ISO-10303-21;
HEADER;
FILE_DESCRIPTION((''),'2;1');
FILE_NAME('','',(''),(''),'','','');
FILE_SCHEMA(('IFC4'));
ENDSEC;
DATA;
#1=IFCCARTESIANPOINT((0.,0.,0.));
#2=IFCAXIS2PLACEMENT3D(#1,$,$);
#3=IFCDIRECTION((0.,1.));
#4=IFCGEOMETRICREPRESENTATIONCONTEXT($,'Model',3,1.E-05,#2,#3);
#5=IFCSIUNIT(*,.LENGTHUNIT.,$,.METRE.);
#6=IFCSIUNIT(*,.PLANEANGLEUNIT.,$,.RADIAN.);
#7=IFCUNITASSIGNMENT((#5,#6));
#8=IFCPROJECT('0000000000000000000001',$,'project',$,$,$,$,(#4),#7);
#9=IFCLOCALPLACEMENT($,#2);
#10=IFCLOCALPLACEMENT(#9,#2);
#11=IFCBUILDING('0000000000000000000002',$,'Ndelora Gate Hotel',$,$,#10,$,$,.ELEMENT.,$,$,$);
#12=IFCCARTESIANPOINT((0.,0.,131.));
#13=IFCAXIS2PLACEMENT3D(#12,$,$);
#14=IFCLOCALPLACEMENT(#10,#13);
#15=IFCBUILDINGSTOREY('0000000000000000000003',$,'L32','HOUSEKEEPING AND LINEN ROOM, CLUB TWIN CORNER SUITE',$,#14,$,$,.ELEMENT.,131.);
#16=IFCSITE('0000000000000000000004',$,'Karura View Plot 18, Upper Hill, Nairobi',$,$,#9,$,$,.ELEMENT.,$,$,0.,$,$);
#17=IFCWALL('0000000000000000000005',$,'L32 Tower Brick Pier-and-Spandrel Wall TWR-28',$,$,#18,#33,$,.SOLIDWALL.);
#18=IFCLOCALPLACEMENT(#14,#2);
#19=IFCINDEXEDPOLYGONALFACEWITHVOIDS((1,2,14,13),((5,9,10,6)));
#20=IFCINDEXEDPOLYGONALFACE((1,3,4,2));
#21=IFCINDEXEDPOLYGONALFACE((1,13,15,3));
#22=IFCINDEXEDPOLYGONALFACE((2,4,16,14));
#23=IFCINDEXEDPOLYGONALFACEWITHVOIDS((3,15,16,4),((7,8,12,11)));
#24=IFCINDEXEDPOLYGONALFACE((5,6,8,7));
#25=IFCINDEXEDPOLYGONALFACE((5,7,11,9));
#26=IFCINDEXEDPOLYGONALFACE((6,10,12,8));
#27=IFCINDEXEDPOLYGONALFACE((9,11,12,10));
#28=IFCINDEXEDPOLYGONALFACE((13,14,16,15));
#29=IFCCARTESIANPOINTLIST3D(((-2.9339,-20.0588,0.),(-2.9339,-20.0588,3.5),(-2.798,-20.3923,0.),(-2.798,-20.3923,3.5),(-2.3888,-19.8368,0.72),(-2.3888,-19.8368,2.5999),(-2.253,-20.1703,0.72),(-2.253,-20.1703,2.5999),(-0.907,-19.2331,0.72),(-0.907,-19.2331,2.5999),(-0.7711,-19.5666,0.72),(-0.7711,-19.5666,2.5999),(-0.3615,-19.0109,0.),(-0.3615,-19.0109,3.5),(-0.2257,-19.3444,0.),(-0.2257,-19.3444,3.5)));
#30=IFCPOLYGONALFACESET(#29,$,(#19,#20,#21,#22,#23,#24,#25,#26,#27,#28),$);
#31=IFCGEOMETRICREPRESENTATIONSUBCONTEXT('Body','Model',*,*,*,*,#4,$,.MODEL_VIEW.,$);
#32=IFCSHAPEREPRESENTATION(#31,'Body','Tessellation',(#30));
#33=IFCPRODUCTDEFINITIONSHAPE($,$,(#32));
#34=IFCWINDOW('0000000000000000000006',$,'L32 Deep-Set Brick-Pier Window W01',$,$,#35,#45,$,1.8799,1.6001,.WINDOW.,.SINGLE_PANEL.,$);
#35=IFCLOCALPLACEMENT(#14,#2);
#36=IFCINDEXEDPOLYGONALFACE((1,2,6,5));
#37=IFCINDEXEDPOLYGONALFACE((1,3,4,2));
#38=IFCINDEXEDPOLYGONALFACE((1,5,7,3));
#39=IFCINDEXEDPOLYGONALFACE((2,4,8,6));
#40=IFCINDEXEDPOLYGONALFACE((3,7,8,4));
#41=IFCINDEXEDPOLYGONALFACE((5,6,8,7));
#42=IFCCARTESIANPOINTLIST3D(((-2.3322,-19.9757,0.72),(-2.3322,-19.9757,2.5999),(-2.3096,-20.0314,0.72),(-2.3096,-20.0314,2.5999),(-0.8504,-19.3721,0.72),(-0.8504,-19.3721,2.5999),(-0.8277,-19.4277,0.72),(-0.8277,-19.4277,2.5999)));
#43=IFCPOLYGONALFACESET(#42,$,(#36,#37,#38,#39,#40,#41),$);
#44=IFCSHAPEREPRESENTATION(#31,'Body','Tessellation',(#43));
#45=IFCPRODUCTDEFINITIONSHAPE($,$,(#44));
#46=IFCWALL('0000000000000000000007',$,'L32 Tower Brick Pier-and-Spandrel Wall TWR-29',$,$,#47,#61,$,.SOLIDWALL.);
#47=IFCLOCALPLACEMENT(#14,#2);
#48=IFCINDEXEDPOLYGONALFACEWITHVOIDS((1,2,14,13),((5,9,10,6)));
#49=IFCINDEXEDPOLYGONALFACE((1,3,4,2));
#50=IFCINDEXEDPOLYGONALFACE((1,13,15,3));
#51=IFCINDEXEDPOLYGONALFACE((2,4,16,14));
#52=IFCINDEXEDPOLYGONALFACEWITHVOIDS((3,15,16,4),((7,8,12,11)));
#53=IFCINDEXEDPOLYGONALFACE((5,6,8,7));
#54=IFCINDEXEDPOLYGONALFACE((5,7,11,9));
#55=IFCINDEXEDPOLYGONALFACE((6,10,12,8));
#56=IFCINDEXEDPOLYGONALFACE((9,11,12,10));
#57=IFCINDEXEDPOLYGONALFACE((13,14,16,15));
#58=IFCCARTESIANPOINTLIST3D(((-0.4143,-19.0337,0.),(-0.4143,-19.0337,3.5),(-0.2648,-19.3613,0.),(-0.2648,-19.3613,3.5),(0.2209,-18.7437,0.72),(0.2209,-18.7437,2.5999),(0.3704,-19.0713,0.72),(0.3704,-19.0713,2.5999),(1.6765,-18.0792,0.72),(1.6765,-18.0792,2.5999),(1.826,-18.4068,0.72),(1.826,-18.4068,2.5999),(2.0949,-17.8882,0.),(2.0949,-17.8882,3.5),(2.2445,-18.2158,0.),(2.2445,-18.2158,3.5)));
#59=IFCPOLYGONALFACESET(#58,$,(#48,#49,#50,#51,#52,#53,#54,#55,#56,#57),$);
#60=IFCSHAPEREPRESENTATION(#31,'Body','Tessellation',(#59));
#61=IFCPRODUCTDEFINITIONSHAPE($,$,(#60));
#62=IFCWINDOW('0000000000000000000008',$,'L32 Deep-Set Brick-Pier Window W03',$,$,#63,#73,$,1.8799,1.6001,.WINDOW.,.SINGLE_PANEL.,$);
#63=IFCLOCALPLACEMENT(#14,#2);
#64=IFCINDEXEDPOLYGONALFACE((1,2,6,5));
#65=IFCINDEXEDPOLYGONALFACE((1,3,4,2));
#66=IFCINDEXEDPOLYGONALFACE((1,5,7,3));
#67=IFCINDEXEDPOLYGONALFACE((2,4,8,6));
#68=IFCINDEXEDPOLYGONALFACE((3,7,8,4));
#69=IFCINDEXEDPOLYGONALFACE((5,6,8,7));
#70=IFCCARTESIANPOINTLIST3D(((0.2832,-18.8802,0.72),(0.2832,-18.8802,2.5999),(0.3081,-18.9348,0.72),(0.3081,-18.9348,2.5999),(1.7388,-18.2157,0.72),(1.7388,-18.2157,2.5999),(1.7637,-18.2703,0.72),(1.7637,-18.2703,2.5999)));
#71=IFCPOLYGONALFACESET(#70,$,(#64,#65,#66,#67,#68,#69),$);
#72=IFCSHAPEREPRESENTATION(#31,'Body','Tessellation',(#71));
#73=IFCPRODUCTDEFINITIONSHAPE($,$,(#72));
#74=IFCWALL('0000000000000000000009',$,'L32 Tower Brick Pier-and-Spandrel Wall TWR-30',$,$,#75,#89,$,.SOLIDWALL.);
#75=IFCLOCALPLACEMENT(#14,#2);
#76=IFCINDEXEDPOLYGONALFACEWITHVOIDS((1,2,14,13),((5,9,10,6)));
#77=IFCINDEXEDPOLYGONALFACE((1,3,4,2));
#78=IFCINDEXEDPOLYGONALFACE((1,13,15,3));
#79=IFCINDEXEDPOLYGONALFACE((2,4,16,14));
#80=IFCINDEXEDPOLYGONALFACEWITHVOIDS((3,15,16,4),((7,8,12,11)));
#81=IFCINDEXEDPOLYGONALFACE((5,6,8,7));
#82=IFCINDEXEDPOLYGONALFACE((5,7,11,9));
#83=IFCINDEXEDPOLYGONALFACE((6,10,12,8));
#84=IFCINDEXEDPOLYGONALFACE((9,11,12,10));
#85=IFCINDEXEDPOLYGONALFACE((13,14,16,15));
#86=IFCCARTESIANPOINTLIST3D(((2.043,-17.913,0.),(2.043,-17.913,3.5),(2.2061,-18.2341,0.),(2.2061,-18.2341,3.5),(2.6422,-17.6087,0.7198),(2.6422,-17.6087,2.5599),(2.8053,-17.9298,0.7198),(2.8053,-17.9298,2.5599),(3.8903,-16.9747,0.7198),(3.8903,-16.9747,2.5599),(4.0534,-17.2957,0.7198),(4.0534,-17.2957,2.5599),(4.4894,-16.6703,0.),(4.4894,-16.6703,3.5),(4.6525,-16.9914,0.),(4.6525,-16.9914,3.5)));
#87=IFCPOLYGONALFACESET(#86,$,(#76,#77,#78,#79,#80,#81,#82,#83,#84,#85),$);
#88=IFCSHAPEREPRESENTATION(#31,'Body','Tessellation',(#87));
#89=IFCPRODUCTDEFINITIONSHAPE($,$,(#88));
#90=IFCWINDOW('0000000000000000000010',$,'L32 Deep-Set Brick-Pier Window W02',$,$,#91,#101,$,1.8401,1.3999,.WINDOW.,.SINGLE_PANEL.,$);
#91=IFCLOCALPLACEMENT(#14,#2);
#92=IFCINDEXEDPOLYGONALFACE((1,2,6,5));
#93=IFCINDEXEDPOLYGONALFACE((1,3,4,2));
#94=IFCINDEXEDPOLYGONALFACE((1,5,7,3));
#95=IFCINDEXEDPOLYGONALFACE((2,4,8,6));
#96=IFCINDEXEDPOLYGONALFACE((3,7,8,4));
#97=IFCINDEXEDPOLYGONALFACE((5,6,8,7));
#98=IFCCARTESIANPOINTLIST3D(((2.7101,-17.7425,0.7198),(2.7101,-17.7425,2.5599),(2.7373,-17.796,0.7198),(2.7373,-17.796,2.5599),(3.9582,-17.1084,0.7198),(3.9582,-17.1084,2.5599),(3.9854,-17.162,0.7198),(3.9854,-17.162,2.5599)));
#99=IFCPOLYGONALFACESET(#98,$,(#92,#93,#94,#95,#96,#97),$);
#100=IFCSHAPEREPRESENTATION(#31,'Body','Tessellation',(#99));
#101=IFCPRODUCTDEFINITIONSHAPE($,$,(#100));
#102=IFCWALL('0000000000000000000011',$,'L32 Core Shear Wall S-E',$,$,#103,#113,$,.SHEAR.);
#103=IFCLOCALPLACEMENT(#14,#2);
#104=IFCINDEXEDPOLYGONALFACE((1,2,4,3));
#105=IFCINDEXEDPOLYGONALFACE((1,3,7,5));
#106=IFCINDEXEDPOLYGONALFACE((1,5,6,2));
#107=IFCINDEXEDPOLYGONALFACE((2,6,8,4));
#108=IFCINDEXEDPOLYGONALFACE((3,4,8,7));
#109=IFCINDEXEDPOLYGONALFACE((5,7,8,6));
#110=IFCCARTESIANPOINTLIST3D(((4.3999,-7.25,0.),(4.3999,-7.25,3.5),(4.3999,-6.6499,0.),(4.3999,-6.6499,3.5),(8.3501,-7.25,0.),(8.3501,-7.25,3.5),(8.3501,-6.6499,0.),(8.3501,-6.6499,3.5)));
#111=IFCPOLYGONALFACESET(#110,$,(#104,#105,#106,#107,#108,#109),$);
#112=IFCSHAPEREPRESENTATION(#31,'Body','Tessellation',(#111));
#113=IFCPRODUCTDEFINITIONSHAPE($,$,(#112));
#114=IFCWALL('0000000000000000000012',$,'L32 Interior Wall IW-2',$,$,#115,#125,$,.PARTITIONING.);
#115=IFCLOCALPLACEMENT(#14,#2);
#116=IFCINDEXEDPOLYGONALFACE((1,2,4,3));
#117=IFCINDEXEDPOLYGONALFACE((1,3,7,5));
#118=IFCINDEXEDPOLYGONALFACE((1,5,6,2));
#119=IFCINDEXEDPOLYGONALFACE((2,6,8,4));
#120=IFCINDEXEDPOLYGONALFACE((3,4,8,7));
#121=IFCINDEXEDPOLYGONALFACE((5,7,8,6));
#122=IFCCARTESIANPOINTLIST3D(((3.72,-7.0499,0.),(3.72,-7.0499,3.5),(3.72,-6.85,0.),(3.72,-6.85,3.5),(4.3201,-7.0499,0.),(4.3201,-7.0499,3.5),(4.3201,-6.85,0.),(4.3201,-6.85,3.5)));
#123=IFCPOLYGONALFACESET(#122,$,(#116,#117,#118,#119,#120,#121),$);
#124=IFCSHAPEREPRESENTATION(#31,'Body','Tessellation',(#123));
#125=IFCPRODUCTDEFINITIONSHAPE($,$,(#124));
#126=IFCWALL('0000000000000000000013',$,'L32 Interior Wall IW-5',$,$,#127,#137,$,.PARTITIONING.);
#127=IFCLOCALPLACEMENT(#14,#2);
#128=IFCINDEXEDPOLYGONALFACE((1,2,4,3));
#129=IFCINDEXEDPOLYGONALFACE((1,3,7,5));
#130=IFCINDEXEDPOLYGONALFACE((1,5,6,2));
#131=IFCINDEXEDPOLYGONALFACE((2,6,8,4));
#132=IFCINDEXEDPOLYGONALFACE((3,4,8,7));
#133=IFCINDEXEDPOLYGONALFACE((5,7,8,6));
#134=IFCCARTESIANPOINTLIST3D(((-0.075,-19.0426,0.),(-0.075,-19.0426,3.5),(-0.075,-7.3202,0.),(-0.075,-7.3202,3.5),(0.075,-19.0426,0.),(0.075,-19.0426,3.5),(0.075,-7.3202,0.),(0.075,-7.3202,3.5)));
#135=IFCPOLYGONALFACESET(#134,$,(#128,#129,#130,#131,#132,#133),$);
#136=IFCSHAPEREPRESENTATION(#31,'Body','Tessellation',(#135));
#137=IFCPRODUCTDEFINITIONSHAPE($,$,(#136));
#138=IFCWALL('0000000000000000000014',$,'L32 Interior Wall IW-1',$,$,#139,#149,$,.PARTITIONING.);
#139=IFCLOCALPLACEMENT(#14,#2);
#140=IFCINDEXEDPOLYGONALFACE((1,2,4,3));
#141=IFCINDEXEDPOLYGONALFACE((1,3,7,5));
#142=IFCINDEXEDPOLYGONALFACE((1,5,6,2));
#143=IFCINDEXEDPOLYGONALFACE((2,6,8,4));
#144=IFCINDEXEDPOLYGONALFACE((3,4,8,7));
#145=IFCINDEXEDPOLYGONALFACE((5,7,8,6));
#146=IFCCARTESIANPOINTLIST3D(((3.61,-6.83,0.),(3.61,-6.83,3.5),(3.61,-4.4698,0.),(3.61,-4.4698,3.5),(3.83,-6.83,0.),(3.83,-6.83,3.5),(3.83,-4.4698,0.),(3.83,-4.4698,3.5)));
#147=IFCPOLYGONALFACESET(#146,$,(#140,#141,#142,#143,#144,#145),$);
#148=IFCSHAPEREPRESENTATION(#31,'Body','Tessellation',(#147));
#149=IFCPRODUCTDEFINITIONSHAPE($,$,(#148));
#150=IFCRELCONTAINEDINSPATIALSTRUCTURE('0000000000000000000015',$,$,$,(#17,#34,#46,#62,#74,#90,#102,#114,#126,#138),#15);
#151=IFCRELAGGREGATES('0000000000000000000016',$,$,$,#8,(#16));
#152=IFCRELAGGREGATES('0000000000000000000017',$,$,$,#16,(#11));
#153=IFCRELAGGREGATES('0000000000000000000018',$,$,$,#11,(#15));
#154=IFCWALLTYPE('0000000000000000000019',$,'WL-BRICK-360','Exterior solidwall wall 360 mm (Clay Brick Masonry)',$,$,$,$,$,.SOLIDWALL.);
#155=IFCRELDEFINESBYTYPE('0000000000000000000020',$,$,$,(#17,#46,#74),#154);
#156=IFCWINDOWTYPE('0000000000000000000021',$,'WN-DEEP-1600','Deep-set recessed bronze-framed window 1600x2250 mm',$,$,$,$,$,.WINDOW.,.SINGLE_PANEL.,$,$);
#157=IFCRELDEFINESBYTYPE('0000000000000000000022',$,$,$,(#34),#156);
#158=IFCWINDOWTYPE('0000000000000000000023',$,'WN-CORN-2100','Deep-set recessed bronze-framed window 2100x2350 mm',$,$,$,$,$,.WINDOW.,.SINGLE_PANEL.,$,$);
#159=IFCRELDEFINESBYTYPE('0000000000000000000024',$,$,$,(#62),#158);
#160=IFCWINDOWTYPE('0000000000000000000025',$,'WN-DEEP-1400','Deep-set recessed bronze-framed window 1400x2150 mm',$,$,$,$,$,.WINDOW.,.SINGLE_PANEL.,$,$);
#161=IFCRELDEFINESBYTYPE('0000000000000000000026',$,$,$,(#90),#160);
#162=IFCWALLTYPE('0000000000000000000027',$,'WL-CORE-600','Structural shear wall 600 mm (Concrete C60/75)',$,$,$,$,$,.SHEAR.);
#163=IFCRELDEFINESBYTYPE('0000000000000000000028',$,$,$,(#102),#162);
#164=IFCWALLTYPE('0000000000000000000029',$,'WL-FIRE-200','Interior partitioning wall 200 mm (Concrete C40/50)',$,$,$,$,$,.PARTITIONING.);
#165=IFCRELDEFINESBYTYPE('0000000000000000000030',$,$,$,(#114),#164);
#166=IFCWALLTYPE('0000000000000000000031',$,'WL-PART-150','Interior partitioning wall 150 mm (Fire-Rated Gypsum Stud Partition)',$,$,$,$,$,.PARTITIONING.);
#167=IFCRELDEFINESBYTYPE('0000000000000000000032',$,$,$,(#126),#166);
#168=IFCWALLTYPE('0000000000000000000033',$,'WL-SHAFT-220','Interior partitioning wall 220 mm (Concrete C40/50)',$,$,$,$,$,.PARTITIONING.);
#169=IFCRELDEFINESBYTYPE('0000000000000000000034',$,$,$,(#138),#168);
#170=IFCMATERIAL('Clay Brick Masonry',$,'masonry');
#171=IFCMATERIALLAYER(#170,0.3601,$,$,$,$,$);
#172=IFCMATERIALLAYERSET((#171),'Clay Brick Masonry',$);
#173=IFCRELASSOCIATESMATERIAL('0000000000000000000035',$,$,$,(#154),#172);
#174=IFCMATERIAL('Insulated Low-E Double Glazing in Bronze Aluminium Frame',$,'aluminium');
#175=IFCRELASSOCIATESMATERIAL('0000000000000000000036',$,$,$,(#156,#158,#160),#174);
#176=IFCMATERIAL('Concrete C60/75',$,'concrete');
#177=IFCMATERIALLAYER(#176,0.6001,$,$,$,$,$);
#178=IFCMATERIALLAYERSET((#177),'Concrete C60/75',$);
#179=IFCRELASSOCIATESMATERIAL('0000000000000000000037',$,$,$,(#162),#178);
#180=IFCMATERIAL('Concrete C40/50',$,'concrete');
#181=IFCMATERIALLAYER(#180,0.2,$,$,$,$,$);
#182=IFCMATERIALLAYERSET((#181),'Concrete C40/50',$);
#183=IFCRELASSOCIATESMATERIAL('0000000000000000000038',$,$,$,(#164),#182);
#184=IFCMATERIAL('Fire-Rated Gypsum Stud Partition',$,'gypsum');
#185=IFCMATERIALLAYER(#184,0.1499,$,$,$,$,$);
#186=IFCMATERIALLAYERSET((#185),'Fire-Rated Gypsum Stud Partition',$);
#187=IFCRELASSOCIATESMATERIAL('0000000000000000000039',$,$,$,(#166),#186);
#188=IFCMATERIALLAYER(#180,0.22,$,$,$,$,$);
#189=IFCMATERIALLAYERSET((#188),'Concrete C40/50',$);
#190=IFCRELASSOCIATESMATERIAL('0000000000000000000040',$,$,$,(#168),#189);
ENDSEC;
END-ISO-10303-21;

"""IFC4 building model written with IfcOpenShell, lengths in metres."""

from ifc_helpers import new_model, si_unit, direction, frame, frame_2d, origin, place, context, subcontext, project, spatial, rectangle, extrude, material, layer, layer_set, type_object, element, fill, save


model = new_model("IFC4")

# Units and contexts
model_context = context("Model", 3, precision=1e-05, world=origin(), true_north=direction((0.0, 1.0)))
body_context = subcontext(model_context, "Body", "Model", "MODEL_VIEW")
ifc_project = project(units=[si_unit("LENGTHUNIT", "METRE"), si_unit("PLANEANGLEUNIT", "RADIAN")], contexts=[model_context])

# Site, building, storey
site_placement = place(None, origin())
site = spatial("IfcSite", under=ifc_project, at=site_placement, Name="Karura View Plot 18, Upper Hill, Nairobi", CompositionType="ELEMENT", RefElevation=0.0)
building_placement = place(site_placement, origin())
building = spatial("IfcBuilding", under=site, at=building_placement, Name="Ndelora Gate Hotel", CompositionType="ELEMENT")
storey_placement = place(building_placement, frame((0.0, 0.0, 131.0)))
storey = spatial("IfcBuildingStorey", under=building, at=storey_placement, Name="L32", Description="HOUSEKEEPING AND LINEN ROOM, CLUB TWIN CORNER SUITE", CompositionType="ELEMENT", Elevation=131.0)

# Shared definitions
ifc_material_1 = material(Name="Concrete C60/75", Category="concrete")

# Walls, openings, windows
ifc_material_2 = material(Name="Clay Brick Masonry", Category="masonry")
ifc_layer_1 = layer(ifc_material_2, 0.3601)
ifc_layer_set_1 = layer_set([ifc_layer_1], Name="Clay Brick Masonry")
wall_type_1 = type_object("IfcWallType", Name="WL-BRICK-360", Description="Exterior solidwall wall 360 mm (Clay Brick Masonry)", PredefinedType="SOLIDWALL", material=ifc_layer_set_1)
ifc_material_3 = material(Name="Insulated Low-E Double Glazing in Bronze Aluminium Frame", Category="aluminium")
window_type_1 = type_object("IfcWindowType", Name="WN-DEEP-1600", Description="Deep-set recessed bronze-framed window 1600x2250 mm", PartitioningType="SINGLE_PANEL", PredefinedType="WINDOW", material=ifc_material_3)
wall_1_placement = place(storey_placement, frame((-0.2937, -19.1777, 0.0), z_axis=(0.0, 0.0, 1.0), x_axis=(-0.926106, -0.377263, 0.0)))
wall_1 = element("IfcWall", 1, at=wall_1_placement, inside=storey, type_object=wall_type_1, Name="L32 Tower Brick Pier-and-Spandrel Wall TWR-28", PredefinedType="SOLIDWALL", context=body_context, shape_type="SweptSolid", body=[
    extrude(rectangle(XDim=2.7776, YDim=0.3601, at=frame_2d((1.3887, 0.0))), origin(), (0.0, 0.0, 1.0), 3.5),
])
opening_1_placement = place(wall_1_placement, frame((0.5889, 0.0, 0.72)))
opening_1 = element("IfcOpeningElement", 2, at=opening_1_placement, cuts=wall_1, PredefinedType="OPENING", context=body_context, shape_type="SweptSolid", body=[
    extrude(rectangle(XDim=1.6001, YDim=1.8799, at=frame_2d((0.8, 0.9399))), frame((0.0, 0.1899, 0.0), z_axis=(0.0, -1.0, 0.0), x_axis=(1.0, 0.0, 0.0)), (0.0, 0.0, 1.0), 0.3801),
])
window_1_placement = place(opening_1_placement, origin())
window_1 = element("IfcWindow", 3, at=window_1_placement, inside=storey, type_object=window_type_1, Name="L32 Deep-Set Brick-Pier Window W01", OverallHeight=1.8799, OverallWidth=1.6001, PartitioningType="SINGLE_PANEL", PredefinedType="WINDOW", context=body_context, shape_type="SweptSolid", body=[
    extrude(rectangle(XDim=1.6001, YDim=1.8799, at=frame_2d((0.8, 0.9399))), frame((0.0, 0.03, 0.0), z_axis=(0.0, -1.0, 0.0), x_axis=(1.0, 0.0, 0.0)), (0.0, 0.0, 1.0), 0.0601),
])
fill(opening_1, window_1)
wall_2_placement = place(storey_placement, frame((2.1697, -18.052, 0.0), z_axis=(0.0, 0.0, 1.0), x_axis=(-0.909692, -0.415283, 0.0)))
wall_2 = element("IfcWall", 4, at=wall_2_placement, inside=storey, type_object=wall_type_1, Name="L32 Tower Brick Pier-and-Spandrel Wall TWR-29", PredefinedType="SOLIDWALL", context=body_context, shape_type="SweptSolid", body=[
    extrude(rectangle(XDim=2.7583, YDim=0.3601, at=frame_2d((1.3792, 0.0))), origin(), (0.0, 0.0, 1.0), 3.5),
])
opening_2_placement = place(wall_2_placement, frame((0.46, 0.0, 0.72)))
opening_2 = element("IfcOpeningElement", 5, at=opening_2_placement, cuts=wall_2, PredefinedType="OPENING", context=body_context, shape_type="SweptSolid", body=[
    extrude(rectangle(XDim=1.6001, YDim=1.8799, at=frame_2d((0.8, 0.9399))), frame((0.0, 0.1899, 0.0), z_axis=(0.0, -1.0, 0.0), x_axis=(1.0, 0.0, 0.0)), (0.0, 0.0, 1.0), 0.3801),
])
window_type_2 = type_object("IfcWindowType", Name="WN-CORN-2100", Description="Deep-set recessed bronze-framed window 2100x2350 mm", PartitioningType="SINGLE_PANEL", PredefinedType="WINDOW", material=ifc_material_3)
window_2_placement = place(opening_2_placement, origin())
window_2 = element("IfcWindow", 6, at=window_2_placement, inside=storey, type_object=window_type_2, Name="L32 Deep-Set Brick-Pier Window W03", OverallHeight=1.8799, OverallWidth=1.6001, PartitioningType="SINGLE_PANEL", PredefinedType="WINDOW", context=body_context, shape_type="SweptSolid", body=[
    extrude(rectangle(XDim=1.6001, YDim=1.8799, at=frame_2d((0.8, 0.9399))), frame((0.0, 0.03, 0.0), z_axis=(0.0, -1.0, 0.0), x_axis=(1.0, 0.0, 0.0)), (0.0, 0.0, 1.0), 0.0601),
])
fill(opening_2, window_2)
wall_3_placement = place(storey_placement, frame((4.571, -16.8308, 0.0), z_axis=(0.0, 0.0, 1.0), x_axis=(-0.891562, -0.452899, 0.0)))
wall_3 = element("IfcWall", 7, at=wall_3_placement, inside=storey, type_object=wall_type_1, Name="L32 Tower Brick Pier-and-Spandrel Wall TWR-30", PredefinedType="SOLIDWALL", context=body_context, shape_type="SweptSolid", body=[
    extrude(rectangle(XDim=2.7439, YDim=0.3601, at=frame_2d((1.3721, 0.0))), origin(), (0.0, 0.0, 1.0), 3.5),
])
opening_3_placement = place(wall_3_placement, frame((0.6721, 0.0, 0.72)))
opening_3 = element("IfcOpeningElement", 8, at=opening_3_placement, cuts=wall_3, PredefinedType="OPENING", context=body_context, shape_type="SweptSolid", body=[
    extrude(rectangle(XDim=1.3999, YDim=1.8401, at=frame_2d((0.7, 0.9199))), frame((0.0, 0.1899, 0.0), z_axis=(0.0, -1.0, 0.0), x_axis=(1.0, 0.0, 0.0)), (0.0, 0.0, 1.0), 0.3801),
])
window_type_3 = type_object("IfcWindowType", Name="WN-DEEP-1400", Description="Deep-set recessed bronze-framed window 1400x2150 mm", PartitioningType="SINGLE_PANEL", PredefinedType="WINDOW", material=ifc_material_3)
window_3_placement = place(opening_3_placement, origin())
window_3 = element("IfcWindow", 9, at=window_3_placement, inside=storey, type_object=window_type_3, Name="L32 Deep-Set Brick-Pier Window W02", OverallHeight=1.8401, OverallWidth=1.3999, PartitioningType="SINGLE_PANEL", PredefinedType="WINDOW", context=body_context, shape_type="SweptSolid", body=[
    extrude(rectangle(XDim=1.3999, YDim=1.8401, at=frame_2d((0.7, 0.9199))), frame((0.0, 0.03, 0.0), z_axis=(0.0, -1.0, 0.0), x_axis=(1.0, 0.0, 0.0)), (0.0, 0.0, 1.0), 0.0601),
])
fill(opening_3, window_3)

# Walls
ifc_layer_2 = layer(ifc_material_1, 0.6001)
ifc_layer_set_2 = layer_set([ifc_layer_2], Name="Concrete C60/75")
wall_type_2 = type_object("IfcWallType", Name="WL-CORE-600", Description="Structural shear wall 600 mm (Concrete C60/75)", PredefinedType="SHEAR", material=ifc_layer_set_2)
wall_4_placement = place(storey_placement, frame((4.3999, -6.95, 0.0), z_axis=(0.0, 0.0, 1.0), x_axis=(1.0, 0.0, 0.0)))
element("IfcWall", 10, at=wall_4_placement, inside=storey, type_object=wall_type_2, Name="L32 Core Shear Wall S-E", PredefinedType="SHEAR", context=body_context, shape_type="SweptSolid", body=[
    extrude(rectangle(XDim=3.9502, YDim=0.6001, at=frame_2d((1.9751, 0.0))), origin(), (0.0, 0.0, 1.0), 3.5),
])
ifc_material_4 = material(Name="Concrete C40/50", Category="concrete")
ifc_layer_3 = layer(ifc_material_4, 0.2)
ifc_layer_set_3 = layer_set([ifc_layer_3], Name="Concrete C40/50")
wall_type_3 = type_object("IfcWallType", Name="WL-FIRE-200", Description="Interior partitioning wall 200 mm (Concrete C40/50)", PredefinedType="PARTITIONING", material=ifc_layer_set_3)
wall_5_placement = place(storey_placement, frame((3.72, -6.95, 0.0), z_axis=(0.0, 0.0, 1.0), x_axis=(1.0, 0.0, 0.0)))
element("IfcWall", 11, at=wall_5_placement, inside=storey, type_object=wall_type_3, Name="L32 Interior Wall IW-2", PredefinedType="PARTITIONING", context=body_context, shape_type="SweptSolid", body=[
    extrude(rectangle(XDim=0.6001, YDim=0.2, at=frame_2d((0.3, 0.0))), origin(), (0.0, 0.0, 1.0), 3.5),
])
ifc_material_5 = material(Name="Fire-Rated Gypsum Stud Partition", Category="gypsum")
ifc_layer_4 = layer(ifc_material_5, 0.1499)
ifc_layer_set_4 = layer_set([ifc_layer_4], Name="Fire-Rated Gypsum Stud Partition")
wall_type_4 = type_object("IfcWallType", Name="WL-PART-150", Description="Interior partitioning wall 150 mm (Fire-Rated Gypsum Stud Partition)", PredefinedType="PARTITIONING", material=ifc_layer_set_4)
wall_6_placement = place(storey_placement, frame((0.0, -7.3201, 0.0), z_axis=(0.0, 0.0, 1.0), x_axis=(0.0, -1.0, 0.0)))
element("IfcWall", 12, at=wall_6_placement, inside=storey, type_object=wall_type_4, Name="L32 Interior Wall IW-5", PredefinedType="PARTITIONING", context=body_context, shape_type="SweptSolid", body=[
    extrude(rectangle(XDim=11.7224, YDim=0.1499, at=frame_2d((5.8613, 0.0))), origin(), (0.0, 0.0, 1.0), 3.5),
])

# Shared definitions
ifc_layer_5 = layer(ifc_material_4, 0.22)
ifc_layer_set_5 = layer_set([ifc_layer_5], Name="Concrete C40/50")
wall_type_5 = type_object("IfcWallType", Name="WL-SHAFT-220", Description="Interior partitioning wall 220 mm (Concrete C40/50)", PredefinedType="PARTITIONING", material=ifc_layer_set_5)

# Wall
wall_7_placement = place(storey_placement, frame((3.72, -6.8301, 0.0), z_axis=(0.0, 0.0, 1.0), x_axis=(0.0, 1.0, 0.0)))
element("IfcWall", 13, at=wall_7_placement, inside=storey, type_object=wall_type_5, Name="L32 Interior Wall IW-1", PredefinedType="PARTITIONING", context=body_context, shape_type="SweptSolid", body=[
    extrude(rectangle(XDim=2.3601, YDim=0.22, at=frame_2d((1.1802, 0.0))), origin(), (0.0, 0.0, 1.0), 3.5),
])

save(model, "model.ifc")
